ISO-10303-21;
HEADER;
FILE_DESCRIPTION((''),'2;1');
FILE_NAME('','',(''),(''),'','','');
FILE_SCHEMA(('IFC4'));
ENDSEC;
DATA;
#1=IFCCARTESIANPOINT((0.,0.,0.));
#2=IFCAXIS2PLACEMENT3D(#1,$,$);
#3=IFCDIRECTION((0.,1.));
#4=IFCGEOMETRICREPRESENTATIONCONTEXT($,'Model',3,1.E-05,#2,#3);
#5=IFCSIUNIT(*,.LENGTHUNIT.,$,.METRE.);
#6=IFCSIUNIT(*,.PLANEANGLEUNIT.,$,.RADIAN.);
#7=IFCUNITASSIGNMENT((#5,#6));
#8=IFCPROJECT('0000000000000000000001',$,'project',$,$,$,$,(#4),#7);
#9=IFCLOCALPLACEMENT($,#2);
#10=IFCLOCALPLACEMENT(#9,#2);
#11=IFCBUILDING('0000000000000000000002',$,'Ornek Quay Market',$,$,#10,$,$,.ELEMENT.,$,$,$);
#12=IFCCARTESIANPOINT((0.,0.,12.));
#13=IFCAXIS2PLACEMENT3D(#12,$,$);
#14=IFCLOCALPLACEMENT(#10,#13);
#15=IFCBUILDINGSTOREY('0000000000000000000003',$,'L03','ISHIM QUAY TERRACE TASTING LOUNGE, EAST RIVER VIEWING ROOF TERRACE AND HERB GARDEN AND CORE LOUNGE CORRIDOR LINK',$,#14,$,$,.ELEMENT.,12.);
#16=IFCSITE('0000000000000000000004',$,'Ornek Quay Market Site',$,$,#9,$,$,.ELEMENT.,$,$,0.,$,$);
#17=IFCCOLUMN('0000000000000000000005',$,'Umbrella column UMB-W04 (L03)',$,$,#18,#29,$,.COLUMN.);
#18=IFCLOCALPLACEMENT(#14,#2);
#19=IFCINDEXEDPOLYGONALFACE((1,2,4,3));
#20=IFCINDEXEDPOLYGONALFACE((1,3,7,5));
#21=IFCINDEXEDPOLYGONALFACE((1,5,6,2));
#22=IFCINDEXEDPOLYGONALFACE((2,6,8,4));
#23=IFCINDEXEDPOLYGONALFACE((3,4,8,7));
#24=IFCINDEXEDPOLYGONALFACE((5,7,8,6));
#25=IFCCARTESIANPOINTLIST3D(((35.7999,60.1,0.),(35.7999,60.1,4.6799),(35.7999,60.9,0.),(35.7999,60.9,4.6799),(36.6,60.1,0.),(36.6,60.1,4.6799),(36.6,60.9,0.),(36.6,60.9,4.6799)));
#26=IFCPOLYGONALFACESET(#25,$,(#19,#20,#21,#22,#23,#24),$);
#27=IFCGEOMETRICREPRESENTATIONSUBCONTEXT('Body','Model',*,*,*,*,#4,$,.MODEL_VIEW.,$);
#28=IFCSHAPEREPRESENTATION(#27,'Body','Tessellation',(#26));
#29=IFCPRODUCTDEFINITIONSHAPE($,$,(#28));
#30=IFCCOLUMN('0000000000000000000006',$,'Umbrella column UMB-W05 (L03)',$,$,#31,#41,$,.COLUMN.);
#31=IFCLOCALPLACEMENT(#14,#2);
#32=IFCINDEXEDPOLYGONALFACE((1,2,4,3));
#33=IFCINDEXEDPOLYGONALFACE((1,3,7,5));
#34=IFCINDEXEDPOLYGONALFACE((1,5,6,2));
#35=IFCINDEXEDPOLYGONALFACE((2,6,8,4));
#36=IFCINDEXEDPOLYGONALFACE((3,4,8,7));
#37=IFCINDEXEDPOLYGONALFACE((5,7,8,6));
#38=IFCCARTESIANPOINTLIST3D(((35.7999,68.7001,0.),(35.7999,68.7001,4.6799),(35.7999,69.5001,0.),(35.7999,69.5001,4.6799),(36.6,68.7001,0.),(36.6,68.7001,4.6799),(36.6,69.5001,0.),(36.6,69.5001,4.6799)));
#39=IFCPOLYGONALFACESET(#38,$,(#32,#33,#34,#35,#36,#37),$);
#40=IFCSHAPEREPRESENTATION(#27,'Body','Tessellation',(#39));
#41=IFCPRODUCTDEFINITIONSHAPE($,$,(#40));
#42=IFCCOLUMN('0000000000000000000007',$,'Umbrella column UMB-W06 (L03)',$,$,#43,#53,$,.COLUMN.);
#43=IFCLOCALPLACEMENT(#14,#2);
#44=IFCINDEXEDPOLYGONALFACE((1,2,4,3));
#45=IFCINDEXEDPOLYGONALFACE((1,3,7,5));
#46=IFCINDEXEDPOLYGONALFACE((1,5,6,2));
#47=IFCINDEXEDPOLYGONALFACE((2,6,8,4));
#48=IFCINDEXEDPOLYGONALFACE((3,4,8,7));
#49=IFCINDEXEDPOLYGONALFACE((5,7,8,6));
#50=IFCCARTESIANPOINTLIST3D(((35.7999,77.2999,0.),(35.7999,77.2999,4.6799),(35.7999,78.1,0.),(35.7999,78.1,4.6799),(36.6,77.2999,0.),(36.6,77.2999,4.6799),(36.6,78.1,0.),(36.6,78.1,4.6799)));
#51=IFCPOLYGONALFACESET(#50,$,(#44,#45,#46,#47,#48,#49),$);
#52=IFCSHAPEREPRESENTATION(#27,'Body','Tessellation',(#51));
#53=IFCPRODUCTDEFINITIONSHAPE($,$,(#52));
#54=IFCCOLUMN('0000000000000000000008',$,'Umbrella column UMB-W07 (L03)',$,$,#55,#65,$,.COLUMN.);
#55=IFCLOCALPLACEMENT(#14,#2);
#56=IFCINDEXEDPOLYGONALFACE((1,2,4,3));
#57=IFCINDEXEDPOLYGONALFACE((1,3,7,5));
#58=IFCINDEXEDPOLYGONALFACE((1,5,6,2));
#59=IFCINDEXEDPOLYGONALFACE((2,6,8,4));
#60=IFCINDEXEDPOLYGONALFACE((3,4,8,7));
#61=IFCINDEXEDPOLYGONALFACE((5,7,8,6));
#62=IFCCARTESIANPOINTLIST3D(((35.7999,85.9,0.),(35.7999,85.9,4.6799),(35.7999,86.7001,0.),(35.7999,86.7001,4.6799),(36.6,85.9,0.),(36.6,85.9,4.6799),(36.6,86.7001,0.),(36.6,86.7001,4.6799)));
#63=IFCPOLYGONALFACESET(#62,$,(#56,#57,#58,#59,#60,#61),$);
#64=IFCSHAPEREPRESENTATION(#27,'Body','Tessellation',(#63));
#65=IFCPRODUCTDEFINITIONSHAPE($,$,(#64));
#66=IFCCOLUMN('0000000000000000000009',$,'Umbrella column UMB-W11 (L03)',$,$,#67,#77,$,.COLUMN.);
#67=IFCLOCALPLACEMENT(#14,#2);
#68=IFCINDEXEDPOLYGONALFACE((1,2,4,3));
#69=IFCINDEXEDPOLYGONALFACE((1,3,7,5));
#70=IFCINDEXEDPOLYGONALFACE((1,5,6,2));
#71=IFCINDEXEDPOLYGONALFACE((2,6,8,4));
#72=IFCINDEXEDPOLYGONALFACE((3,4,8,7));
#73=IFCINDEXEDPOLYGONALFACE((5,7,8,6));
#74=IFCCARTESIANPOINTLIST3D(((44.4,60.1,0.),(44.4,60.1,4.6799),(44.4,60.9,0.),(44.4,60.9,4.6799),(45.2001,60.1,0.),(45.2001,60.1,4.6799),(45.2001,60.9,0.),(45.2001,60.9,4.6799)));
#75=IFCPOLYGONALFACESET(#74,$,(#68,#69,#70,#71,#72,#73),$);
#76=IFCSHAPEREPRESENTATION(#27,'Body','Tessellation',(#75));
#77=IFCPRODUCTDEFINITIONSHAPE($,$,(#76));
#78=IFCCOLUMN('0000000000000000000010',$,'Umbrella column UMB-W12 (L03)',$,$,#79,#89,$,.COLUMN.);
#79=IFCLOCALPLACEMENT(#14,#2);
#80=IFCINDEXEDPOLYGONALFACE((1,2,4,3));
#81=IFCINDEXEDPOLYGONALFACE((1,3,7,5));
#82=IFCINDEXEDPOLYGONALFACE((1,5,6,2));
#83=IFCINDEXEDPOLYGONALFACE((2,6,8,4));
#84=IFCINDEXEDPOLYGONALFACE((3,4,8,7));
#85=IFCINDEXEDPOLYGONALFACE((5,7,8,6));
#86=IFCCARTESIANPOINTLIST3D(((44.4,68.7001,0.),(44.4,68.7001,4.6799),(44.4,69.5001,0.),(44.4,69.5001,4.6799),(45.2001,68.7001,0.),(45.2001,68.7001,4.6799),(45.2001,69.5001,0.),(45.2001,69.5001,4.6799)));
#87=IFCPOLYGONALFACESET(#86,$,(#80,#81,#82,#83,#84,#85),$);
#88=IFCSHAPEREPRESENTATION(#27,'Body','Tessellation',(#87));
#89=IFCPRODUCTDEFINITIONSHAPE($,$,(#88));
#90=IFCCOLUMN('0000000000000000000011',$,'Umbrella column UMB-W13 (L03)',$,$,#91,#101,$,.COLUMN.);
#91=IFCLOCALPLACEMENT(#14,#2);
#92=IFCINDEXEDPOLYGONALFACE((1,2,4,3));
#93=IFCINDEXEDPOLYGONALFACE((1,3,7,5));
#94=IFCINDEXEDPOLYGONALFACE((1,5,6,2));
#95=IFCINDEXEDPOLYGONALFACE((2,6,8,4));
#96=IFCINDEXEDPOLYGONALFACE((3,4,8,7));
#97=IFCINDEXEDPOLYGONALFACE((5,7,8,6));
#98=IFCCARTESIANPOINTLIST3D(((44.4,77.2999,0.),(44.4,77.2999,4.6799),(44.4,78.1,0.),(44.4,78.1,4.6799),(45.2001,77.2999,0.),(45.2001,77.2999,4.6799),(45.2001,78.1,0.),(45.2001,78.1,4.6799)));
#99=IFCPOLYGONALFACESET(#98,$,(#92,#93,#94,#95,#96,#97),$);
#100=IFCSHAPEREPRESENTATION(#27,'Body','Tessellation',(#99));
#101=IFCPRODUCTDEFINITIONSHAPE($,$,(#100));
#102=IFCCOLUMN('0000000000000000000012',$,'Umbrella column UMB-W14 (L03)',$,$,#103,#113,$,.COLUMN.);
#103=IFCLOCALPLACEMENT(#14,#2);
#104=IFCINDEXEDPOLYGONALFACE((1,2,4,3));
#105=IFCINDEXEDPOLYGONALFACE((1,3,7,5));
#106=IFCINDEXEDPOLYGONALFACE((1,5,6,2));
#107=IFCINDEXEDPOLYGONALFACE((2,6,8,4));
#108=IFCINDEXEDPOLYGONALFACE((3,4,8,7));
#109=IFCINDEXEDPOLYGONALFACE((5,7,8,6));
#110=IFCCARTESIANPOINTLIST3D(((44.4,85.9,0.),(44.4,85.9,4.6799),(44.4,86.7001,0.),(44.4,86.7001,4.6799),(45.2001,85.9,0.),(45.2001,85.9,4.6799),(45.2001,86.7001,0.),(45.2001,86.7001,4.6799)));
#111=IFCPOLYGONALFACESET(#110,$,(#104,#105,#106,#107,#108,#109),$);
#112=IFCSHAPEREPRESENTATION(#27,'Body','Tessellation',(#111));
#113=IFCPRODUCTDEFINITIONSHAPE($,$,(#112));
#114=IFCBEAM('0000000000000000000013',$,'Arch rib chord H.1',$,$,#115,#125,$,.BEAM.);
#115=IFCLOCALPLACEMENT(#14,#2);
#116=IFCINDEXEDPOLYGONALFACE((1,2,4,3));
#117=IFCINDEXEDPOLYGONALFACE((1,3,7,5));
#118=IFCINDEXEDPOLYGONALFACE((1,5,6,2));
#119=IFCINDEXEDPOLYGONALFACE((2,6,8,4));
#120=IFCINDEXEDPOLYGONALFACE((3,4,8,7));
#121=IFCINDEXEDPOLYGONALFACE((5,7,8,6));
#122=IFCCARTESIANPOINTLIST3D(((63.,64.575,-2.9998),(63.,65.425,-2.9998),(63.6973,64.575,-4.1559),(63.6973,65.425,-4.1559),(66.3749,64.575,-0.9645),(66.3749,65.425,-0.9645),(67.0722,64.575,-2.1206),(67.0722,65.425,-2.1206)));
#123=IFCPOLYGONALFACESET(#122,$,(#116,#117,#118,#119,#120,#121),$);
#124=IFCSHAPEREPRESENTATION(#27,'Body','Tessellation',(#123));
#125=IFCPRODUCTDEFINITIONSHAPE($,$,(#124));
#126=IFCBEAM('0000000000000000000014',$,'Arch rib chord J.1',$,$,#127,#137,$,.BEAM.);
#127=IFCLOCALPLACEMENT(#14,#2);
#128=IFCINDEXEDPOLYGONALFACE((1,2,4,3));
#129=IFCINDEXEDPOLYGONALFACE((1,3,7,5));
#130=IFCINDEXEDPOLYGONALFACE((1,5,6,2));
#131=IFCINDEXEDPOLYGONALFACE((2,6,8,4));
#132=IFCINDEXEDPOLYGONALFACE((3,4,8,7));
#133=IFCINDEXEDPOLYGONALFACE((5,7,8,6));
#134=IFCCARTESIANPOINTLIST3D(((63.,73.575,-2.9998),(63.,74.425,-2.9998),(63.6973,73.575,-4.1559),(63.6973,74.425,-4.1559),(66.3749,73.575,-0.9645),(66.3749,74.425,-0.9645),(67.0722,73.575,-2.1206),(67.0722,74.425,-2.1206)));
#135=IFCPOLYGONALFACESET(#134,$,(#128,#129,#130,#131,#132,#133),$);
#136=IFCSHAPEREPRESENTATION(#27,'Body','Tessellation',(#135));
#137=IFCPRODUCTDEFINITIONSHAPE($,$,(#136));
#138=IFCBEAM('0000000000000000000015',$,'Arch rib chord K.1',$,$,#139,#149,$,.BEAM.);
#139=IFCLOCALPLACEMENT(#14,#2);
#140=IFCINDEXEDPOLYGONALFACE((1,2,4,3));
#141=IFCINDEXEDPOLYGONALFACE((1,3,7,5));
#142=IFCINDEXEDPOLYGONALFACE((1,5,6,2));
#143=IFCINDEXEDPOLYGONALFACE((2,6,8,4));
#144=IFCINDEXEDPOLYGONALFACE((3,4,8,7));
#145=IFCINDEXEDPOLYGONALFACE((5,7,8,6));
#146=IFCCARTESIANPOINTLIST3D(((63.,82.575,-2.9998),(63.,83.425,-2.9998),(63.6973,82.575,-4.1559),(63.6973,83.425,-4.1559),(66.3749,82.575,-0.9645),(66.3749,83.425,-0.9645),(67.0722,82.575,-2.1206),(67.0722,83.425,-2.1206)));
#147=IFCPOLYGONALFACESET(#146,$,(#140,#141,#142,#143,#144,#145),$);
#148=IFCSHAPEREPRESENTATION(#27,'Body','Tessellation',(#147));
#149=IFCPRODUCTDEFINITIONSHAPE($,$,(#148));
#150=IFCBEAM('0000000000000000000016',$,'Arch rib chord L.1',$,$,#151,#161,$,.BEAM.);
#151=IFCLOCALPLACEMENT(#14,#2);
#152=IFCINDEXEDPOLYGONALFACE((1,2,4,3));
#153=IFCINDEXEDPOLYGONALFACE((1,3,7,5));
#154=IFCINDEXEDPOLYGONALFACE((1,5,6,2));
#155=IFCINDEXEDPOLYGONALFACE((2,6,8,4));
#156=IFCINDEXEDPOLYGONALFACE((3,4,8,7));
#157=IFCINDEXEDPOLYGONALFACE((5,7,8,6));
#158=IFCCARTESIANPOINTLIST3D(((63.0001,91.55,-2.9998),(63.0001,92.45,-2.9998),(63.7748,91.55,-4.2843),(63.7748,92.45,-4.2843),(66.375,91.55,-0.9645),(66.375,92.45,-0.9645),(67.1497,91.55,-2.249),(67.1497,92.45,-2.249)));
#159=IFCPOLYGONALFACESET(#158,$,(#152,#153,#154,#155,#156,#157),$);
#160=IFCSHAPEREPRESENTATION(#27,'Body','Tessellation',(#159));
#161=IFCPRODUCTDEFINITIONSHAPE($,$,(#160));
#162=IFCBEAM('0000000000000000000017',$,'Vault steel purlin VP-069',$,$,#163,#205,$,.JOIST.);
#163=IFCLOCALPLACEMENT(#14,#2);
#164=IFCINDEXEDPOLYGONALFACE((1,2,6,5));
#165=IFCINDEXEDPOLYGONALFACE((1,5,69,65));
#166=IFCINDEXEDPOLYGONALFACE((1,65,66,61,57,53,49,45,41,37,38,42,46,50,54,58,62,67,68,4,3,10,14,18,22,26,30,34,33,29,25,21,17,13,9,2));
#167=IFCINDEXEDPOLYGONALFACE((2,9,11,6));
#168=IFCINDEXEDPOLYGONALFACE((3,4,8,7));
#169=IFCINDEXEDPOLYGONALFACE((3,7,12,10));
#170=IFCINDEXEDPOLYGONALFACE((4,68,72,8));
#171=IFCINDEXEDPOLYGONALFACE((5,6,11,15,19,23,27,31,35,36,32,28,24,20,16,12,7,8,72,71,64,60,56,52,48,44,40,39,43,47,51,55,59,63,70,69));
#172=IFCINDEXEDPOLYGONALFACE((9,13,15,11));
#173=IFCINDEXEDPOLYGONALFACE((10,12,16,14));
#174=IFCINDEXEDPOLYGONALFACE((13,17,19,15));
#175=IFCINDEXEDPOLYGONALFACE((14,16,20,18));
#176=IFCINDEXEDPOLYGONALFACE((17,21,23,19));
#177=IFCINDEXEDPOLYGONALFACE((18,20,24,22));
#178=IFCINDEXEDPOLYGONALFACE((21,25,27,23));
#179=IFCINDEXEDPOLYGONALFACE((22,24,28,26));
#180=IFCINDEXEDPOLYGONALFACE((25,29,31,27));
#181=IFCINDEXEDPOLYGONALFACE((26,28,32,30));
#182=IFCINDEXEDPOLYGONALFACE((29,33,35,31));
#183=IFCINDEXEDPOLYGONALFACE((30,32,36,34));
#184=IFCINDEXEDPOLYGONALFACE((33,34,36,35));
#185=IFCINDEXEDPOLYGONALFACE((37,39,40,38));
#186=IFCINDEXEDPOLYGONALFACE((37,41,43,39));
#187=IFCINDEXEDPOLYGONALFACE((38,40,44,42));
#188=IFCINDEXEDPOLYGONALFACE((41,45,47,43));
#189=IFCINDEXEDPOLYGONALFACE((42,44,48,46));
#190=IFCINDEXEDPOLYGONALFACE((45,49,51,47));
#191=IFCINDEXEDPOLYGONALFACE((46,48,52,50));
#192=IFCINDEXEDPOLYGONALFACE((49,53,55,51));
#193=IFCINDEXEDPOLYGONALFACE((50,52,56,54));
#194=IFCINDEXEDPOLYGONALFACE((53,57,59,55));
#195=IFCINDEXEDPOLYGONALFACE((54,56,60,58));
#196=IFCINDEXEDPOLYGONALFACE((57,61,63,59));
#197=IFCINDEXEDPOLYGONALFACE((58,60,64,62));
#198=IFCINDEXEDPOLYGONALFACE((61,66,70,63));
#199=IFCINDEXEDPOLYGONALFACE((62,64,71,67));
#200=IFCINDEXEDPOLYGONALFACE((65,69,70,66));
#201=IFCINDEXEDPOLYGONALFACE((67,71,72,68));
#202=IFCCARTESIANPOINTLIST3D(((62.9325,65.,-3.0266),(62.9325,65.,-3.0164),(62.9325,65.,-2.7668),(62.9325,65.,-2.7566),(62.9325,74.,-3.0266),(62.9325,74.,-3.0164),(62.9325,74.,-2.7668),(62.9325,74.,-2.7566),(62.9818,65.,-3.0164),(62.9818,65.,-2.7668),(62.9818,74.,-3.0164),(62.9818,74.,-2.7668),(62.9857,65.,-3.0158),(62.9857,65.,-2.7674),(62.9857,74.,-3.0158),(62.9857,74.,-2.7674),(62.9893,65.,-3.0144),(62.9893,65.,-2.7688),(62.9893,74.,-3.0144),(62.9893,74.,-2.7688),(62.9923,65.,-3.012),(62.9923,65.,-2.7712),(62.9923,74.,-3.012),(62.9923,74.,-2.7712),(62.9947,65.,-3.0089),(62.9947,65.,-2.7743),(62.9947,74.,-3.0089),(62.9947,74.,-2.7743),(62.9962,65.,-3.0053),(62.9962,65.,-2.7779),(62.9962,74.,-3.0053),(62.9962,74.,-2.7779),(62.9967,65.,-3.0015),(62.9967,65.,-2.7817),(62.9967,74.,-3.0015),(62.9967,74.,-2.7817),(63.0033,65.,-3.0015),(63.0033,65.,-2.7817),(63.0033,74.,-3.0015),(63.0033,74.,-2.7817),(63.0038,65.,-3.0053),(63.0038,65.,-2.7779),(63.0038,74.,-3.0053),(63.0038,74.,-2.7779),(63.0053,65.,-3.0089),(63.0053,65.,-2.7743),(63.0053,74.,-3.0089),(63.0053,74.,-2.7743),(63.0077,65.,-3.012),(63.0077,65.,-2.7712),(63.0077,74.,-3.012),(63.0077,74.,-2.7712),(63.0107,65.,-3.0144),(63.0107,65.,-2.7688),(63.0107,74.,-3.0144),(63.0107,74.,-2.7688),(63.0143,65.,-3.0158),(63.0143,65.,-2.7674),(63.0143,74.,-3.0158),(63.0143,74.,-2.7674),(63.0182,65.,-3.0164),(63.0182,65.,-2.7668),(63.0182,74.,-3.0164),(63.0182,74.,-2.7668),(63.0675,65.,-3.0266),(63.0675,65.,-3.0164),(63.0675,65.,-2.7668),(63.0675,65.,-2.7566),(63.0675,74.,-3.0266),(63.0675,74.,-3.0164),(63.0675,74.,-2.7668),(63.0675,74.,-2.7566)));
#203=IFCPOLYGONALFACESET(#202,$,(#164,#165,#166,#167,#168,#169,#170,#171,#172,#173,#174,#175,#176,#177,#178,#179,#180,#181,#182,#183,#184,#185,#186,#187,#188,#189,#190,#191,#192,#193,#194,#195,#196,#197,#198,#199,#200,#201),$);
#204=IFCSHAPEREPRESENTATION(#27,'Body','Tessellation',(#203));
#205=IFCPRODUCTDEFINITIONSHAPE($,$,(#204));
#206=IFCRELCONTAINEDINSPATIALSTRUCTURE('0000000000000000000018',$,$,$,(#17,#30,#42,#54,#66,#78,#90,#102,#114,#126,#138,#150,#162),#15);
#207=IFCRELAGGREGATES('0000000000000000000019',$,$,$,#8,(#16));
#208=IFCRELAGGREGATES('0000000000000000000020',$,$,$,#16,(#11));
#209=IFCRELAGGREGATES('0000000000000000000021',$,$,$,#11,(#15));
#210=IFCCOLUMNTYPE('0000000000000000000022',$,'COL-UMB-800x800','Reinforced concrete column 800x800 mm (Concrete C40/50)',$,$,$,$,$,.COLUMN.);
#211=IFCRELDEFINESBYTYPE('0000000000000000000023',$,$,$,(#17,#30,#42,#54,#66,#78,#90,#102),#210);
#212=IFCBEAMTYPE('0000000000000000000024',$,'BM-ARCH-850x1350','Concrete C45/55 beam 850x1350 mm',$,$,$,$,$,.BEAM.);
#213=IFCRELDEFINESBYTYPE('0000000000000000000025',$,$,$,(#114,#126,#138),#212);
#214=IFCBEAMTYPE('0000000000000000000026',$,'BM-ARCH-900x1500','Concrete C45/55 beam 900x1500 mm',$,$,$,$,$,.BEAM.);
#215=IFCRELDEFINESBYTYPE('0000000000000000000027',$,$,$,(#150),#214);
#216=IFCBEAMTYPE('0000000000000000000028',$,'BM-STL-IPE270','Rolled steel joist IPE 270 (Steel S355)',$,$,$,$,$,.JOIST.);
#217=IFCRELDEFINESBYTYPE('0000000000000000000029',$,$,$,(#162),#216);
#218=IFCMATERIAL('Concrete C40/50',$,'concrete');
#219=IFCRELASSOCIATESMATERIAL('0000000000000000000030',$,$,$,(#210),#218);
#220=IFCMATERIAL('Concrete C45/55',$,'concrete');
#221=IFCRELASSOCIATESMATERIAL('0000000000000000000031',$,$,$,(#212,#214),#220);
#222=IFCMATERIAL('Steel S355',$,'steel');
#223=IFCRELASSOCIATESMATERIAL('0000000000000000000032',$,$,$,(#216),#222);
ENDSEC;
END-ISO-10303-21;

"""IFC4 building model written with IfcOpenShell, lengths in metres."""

from ifc_helpers import new_model, si_unit, direction, frame, origin, origin_2d, place, context, subcontext, project, spatial, rectangle, i_section, extrude, material, material_profile, profile_set, type_object, element, save


model = new_model("IFC4")

# Units and contexts
model_context = context("Model", 3, precision=1e-05, world=origin(), true_north=direction((0.0, 1.0)))
body_context = subcontext(model_context, "Body", "Model", "MODEL_VIEW")
ifc_project = project(units=[si_unit("LENGTHUNIT", "METRE"), si_unit("PLANEANGLEUNIT", "RADIAN")], contexts=[model_context])

# Site, building, storey
site_placement = place(None, origin())
site = spatial("IfcSite", under=ifc_project, at=site_placement, Name="Ornek Quay Market Site", CompositionType="ELEMENT", RefElevation=0.0)
building_placement = place(site_placement, origin())
building = spatial("IfcBuilding", under=site, at=building_placement, Name="Ornek Quay Market", CompositionType="ELEMENT")
storey_placement = place(building_placement, frame((0.0, 0.0, 12.0)))
storey = spatial("IfcBuildingStorey", under=building, at=storey_placement, Name="L03", Description="ISHIM QUAY TERRACE TASTING LOUNGE, EAST RIVER VIEWING ROOF TERRACE AND HERB GARDEN AND CORE LOUNGE CORRIDOR LINK", CompositionType="ELEMENT", Elevation=12.0)

# Columns
ifc_material_1 = material(Name="Concrete C40/50", Category="concrete")
ifc_material_profile_1 = material_profile(ifc_material_1, rectangle(XDim=0.8, YDim=0.8, at=origin_2d()), Name="RC 800x800", Category="concrete")
ifc_profile_set_1 = profile_set([ifc_material_profile_1], Name="Concrete C40/50")
column_type = type_object("IfcColumnType", Name="COL-UMB-800x800", Description="Reinforced concrete column 800x800 mm (Concrete C40/50)", PredefinedType="COLUMN", material=ifc_profile_set_1)
for number, where, z_axis, x_axis, name in (
    (1, (36.2, 60.5, 0.0), (0.0, 0.0, 1.0), (1.0, 0.0, 0.0), "Umbrella column UMB-W04 (L03)"),
    (2, (36.2, 69.1001, 0.0), (0.0, 0.0, 1.0), (1.0, 0.0, 0.0), "Umbrella column UMB-W05 (L03)"),
    (3, (36.2, 77.7, 0.0), (0.0, 0.0, 1.0), (1.0, 0.0, 0.0), "Umbrella column UMB-W06 (L03)"),
    (4, (36.2, 86.3, 0.0), (0.0, 0.0, 1.0), (1.0, 0.0, 0.0), "Umbrella column UMB-W07 (L03)"),
    (5, (44.8, 60.5, 0.0), (0.0, 0.0, 1.0), (1.0, 0.0, 0.0), "Umbrella column UMB-W11 (L03)"),
    (6, (44.8, 69.1001, 0.0), (0.0, 0.0, 1.0), (1.0, 0.0, 0.0), "Umbrella column UMB-W12 (L03)"),
    (7, (44.8, 77.7, 0.0), (0.0, 0.0, 1.0), (1.0, 0.0, 0.0), "Umbrella column UMB-W13 (L03)"),
    (8, (44.8, 86.3, 0.0), (0.0, 0.0, 1.0), (1.0, 0.0, 0.0), "Umbrella column UMB-W14 (L03)"),
):
    element("IfcColumn", number, at=place(storey_placement, frame(where, z_axis=z_axis, x_axis=x_axis)), inside=storey, type_object=column_type, Name=name, PredefinedType="COLUMN", context=body_context, shape_type="SweptSolid", body=[
        extrude(rectangle(XDim=0.8, YDim=0.8, at=origin_2d()), origin(), (0.0, 0.0, 1.0), 4.6799),
    ])

# Beams
ifc_material_2 = material(Name="Concrete C45/55", Category="concrete")
ifc_material_profile_2 = material_profile(ifc_material_2, rectangle(XDim=0.8501, YDim=1.3501, at=origin_2d()), Name="RC 850x1350", Category="concrete")
ifc_profile_set_2 = profile_set([ifc_material_profile_2], Name="Concrete C45/55")
beam_type_1 = type_object("IfcBeamType", Name="BM-ARCH-850x1350", Description="Concrete C45/55 beam 850x1350 mm", PredefinedType="BEAM", material=ifc_profile_set_2)
for number, where, z_axis, x_axis, name in (
    (9, (63.3486, 65.0, -3.5779), (0.856327, 0.0, 0.516435), (0.0, 1.0, 0.0), "Arch rib chord H.1"),
    (10, (63.3486, 74.0, -3.5779), (0.856327, 0.0, 0.516435), (0.0, 1.0, 0.0), "Arch rib chord J.1"),
    (11, (63.3486, 83.0, -3.5779), (0.856327, 0.0, 0.516435), (0.0, 1.0, 0.0), "Arch rib chord K.1"),
):
    element("IfcBeam", number, at=place(storey_placement, frame(where, z_axis=z_axis, x_axis=x_axis)), inside=storey, type_object=beam_type_1, Name=name, PredefinedType="BEAM", context=body_context, shape_type="SweptSolid", body=[
        extrude(rectangle(XDim=0.8501, YDim=1.3501, at=origin_2d()), origin(), (0.0, 0.0, 1.0), 3.9412),
    ])
ifc_material_profile_3 = material_profile(ifc_material_2, rectangle(XDim=0.8999, YDim=1.5, at=origin_2d()), Name="RC 900x1500", Category="concrete")
ifc_profile_set_3 = profile_set([ifc_material_profile_3], Name="Concrete C45/55")
beam_type_2 = type_object("IfcBeamType", Name="BM-ARCH-900x1500", Description="Concrete C45/55 beam 900x1500 mm", PredefinedType="BEAM", material=ifc_profile_set_3)
beam_placement = place(storey_placement, frame((63.3875, 92.0, -3.6421), z_axis=(0.856327, 0.0, 0.516435), x_axis=(0.0, 1.0, 0.0)))
element("IfcBeam", 12, at=beam_placement, inside=storey, type_object=beam_type_2, Name="Arch rib chord L.1", PredefinedType="BEAM", context=body_context, shape_type="SweptSolid", body=[
    extrude(rectangle(XDim=0.8999, YDim=1.5, at=origin_2d()), origin(), (0.0, 0.0, 1.0), 3.9412),
])
ifc_material_3 = material(Name="Steel S355", Category="steel")
ifc_material_profile_4 = material_profile(ifc_material_3, i_section(OverallWidth=0.135, OverallDepth=0.27, WebThickness=0.0066, FlangeThickness=0.0103, FilletRadius=0.0149, at=origin_2d()), Name="IPE 270", Category="steel")
ifc_profile_set_4 = profile_set([ifc_material_profile_4], Name="Steel S355")
beam_type_3 = type_object("IfcBeamType", Name="BM-STL-IPE270", Description="Rolled steel joist IPE 270 (Steel S355)", PredefinedType="JOIST", material=ifc_profile_set_4)
for number, where, z_axis, x_axis, name in (
    (13, (63.0, 65.0, -2.8916), (0.0, 1.0, 0.0), (-1.0, 0.0, 0.0), "Vault steel purlin VP-069"),
):
    element("IfcBeam", number, at=place(storey_placement, frame(where, z_axis=z_axis, x_axis=x_axis)), inside=storey, type_object=beam_type_3, Name=name, PredefinedType="JOIST", context=body_context, shape_type="SweptSolid", body=[
        extrude(i_section(OverallWidth=0.135, OverallDepth=0.27, WebThickness=0.0066, FlangeThickness=0.0103, FilletRadius=0.0149, at=origin_2d()), origin(), (0.0, 0.0, 1.0), 9.0),
    ])

save(model, "model.ifc")
